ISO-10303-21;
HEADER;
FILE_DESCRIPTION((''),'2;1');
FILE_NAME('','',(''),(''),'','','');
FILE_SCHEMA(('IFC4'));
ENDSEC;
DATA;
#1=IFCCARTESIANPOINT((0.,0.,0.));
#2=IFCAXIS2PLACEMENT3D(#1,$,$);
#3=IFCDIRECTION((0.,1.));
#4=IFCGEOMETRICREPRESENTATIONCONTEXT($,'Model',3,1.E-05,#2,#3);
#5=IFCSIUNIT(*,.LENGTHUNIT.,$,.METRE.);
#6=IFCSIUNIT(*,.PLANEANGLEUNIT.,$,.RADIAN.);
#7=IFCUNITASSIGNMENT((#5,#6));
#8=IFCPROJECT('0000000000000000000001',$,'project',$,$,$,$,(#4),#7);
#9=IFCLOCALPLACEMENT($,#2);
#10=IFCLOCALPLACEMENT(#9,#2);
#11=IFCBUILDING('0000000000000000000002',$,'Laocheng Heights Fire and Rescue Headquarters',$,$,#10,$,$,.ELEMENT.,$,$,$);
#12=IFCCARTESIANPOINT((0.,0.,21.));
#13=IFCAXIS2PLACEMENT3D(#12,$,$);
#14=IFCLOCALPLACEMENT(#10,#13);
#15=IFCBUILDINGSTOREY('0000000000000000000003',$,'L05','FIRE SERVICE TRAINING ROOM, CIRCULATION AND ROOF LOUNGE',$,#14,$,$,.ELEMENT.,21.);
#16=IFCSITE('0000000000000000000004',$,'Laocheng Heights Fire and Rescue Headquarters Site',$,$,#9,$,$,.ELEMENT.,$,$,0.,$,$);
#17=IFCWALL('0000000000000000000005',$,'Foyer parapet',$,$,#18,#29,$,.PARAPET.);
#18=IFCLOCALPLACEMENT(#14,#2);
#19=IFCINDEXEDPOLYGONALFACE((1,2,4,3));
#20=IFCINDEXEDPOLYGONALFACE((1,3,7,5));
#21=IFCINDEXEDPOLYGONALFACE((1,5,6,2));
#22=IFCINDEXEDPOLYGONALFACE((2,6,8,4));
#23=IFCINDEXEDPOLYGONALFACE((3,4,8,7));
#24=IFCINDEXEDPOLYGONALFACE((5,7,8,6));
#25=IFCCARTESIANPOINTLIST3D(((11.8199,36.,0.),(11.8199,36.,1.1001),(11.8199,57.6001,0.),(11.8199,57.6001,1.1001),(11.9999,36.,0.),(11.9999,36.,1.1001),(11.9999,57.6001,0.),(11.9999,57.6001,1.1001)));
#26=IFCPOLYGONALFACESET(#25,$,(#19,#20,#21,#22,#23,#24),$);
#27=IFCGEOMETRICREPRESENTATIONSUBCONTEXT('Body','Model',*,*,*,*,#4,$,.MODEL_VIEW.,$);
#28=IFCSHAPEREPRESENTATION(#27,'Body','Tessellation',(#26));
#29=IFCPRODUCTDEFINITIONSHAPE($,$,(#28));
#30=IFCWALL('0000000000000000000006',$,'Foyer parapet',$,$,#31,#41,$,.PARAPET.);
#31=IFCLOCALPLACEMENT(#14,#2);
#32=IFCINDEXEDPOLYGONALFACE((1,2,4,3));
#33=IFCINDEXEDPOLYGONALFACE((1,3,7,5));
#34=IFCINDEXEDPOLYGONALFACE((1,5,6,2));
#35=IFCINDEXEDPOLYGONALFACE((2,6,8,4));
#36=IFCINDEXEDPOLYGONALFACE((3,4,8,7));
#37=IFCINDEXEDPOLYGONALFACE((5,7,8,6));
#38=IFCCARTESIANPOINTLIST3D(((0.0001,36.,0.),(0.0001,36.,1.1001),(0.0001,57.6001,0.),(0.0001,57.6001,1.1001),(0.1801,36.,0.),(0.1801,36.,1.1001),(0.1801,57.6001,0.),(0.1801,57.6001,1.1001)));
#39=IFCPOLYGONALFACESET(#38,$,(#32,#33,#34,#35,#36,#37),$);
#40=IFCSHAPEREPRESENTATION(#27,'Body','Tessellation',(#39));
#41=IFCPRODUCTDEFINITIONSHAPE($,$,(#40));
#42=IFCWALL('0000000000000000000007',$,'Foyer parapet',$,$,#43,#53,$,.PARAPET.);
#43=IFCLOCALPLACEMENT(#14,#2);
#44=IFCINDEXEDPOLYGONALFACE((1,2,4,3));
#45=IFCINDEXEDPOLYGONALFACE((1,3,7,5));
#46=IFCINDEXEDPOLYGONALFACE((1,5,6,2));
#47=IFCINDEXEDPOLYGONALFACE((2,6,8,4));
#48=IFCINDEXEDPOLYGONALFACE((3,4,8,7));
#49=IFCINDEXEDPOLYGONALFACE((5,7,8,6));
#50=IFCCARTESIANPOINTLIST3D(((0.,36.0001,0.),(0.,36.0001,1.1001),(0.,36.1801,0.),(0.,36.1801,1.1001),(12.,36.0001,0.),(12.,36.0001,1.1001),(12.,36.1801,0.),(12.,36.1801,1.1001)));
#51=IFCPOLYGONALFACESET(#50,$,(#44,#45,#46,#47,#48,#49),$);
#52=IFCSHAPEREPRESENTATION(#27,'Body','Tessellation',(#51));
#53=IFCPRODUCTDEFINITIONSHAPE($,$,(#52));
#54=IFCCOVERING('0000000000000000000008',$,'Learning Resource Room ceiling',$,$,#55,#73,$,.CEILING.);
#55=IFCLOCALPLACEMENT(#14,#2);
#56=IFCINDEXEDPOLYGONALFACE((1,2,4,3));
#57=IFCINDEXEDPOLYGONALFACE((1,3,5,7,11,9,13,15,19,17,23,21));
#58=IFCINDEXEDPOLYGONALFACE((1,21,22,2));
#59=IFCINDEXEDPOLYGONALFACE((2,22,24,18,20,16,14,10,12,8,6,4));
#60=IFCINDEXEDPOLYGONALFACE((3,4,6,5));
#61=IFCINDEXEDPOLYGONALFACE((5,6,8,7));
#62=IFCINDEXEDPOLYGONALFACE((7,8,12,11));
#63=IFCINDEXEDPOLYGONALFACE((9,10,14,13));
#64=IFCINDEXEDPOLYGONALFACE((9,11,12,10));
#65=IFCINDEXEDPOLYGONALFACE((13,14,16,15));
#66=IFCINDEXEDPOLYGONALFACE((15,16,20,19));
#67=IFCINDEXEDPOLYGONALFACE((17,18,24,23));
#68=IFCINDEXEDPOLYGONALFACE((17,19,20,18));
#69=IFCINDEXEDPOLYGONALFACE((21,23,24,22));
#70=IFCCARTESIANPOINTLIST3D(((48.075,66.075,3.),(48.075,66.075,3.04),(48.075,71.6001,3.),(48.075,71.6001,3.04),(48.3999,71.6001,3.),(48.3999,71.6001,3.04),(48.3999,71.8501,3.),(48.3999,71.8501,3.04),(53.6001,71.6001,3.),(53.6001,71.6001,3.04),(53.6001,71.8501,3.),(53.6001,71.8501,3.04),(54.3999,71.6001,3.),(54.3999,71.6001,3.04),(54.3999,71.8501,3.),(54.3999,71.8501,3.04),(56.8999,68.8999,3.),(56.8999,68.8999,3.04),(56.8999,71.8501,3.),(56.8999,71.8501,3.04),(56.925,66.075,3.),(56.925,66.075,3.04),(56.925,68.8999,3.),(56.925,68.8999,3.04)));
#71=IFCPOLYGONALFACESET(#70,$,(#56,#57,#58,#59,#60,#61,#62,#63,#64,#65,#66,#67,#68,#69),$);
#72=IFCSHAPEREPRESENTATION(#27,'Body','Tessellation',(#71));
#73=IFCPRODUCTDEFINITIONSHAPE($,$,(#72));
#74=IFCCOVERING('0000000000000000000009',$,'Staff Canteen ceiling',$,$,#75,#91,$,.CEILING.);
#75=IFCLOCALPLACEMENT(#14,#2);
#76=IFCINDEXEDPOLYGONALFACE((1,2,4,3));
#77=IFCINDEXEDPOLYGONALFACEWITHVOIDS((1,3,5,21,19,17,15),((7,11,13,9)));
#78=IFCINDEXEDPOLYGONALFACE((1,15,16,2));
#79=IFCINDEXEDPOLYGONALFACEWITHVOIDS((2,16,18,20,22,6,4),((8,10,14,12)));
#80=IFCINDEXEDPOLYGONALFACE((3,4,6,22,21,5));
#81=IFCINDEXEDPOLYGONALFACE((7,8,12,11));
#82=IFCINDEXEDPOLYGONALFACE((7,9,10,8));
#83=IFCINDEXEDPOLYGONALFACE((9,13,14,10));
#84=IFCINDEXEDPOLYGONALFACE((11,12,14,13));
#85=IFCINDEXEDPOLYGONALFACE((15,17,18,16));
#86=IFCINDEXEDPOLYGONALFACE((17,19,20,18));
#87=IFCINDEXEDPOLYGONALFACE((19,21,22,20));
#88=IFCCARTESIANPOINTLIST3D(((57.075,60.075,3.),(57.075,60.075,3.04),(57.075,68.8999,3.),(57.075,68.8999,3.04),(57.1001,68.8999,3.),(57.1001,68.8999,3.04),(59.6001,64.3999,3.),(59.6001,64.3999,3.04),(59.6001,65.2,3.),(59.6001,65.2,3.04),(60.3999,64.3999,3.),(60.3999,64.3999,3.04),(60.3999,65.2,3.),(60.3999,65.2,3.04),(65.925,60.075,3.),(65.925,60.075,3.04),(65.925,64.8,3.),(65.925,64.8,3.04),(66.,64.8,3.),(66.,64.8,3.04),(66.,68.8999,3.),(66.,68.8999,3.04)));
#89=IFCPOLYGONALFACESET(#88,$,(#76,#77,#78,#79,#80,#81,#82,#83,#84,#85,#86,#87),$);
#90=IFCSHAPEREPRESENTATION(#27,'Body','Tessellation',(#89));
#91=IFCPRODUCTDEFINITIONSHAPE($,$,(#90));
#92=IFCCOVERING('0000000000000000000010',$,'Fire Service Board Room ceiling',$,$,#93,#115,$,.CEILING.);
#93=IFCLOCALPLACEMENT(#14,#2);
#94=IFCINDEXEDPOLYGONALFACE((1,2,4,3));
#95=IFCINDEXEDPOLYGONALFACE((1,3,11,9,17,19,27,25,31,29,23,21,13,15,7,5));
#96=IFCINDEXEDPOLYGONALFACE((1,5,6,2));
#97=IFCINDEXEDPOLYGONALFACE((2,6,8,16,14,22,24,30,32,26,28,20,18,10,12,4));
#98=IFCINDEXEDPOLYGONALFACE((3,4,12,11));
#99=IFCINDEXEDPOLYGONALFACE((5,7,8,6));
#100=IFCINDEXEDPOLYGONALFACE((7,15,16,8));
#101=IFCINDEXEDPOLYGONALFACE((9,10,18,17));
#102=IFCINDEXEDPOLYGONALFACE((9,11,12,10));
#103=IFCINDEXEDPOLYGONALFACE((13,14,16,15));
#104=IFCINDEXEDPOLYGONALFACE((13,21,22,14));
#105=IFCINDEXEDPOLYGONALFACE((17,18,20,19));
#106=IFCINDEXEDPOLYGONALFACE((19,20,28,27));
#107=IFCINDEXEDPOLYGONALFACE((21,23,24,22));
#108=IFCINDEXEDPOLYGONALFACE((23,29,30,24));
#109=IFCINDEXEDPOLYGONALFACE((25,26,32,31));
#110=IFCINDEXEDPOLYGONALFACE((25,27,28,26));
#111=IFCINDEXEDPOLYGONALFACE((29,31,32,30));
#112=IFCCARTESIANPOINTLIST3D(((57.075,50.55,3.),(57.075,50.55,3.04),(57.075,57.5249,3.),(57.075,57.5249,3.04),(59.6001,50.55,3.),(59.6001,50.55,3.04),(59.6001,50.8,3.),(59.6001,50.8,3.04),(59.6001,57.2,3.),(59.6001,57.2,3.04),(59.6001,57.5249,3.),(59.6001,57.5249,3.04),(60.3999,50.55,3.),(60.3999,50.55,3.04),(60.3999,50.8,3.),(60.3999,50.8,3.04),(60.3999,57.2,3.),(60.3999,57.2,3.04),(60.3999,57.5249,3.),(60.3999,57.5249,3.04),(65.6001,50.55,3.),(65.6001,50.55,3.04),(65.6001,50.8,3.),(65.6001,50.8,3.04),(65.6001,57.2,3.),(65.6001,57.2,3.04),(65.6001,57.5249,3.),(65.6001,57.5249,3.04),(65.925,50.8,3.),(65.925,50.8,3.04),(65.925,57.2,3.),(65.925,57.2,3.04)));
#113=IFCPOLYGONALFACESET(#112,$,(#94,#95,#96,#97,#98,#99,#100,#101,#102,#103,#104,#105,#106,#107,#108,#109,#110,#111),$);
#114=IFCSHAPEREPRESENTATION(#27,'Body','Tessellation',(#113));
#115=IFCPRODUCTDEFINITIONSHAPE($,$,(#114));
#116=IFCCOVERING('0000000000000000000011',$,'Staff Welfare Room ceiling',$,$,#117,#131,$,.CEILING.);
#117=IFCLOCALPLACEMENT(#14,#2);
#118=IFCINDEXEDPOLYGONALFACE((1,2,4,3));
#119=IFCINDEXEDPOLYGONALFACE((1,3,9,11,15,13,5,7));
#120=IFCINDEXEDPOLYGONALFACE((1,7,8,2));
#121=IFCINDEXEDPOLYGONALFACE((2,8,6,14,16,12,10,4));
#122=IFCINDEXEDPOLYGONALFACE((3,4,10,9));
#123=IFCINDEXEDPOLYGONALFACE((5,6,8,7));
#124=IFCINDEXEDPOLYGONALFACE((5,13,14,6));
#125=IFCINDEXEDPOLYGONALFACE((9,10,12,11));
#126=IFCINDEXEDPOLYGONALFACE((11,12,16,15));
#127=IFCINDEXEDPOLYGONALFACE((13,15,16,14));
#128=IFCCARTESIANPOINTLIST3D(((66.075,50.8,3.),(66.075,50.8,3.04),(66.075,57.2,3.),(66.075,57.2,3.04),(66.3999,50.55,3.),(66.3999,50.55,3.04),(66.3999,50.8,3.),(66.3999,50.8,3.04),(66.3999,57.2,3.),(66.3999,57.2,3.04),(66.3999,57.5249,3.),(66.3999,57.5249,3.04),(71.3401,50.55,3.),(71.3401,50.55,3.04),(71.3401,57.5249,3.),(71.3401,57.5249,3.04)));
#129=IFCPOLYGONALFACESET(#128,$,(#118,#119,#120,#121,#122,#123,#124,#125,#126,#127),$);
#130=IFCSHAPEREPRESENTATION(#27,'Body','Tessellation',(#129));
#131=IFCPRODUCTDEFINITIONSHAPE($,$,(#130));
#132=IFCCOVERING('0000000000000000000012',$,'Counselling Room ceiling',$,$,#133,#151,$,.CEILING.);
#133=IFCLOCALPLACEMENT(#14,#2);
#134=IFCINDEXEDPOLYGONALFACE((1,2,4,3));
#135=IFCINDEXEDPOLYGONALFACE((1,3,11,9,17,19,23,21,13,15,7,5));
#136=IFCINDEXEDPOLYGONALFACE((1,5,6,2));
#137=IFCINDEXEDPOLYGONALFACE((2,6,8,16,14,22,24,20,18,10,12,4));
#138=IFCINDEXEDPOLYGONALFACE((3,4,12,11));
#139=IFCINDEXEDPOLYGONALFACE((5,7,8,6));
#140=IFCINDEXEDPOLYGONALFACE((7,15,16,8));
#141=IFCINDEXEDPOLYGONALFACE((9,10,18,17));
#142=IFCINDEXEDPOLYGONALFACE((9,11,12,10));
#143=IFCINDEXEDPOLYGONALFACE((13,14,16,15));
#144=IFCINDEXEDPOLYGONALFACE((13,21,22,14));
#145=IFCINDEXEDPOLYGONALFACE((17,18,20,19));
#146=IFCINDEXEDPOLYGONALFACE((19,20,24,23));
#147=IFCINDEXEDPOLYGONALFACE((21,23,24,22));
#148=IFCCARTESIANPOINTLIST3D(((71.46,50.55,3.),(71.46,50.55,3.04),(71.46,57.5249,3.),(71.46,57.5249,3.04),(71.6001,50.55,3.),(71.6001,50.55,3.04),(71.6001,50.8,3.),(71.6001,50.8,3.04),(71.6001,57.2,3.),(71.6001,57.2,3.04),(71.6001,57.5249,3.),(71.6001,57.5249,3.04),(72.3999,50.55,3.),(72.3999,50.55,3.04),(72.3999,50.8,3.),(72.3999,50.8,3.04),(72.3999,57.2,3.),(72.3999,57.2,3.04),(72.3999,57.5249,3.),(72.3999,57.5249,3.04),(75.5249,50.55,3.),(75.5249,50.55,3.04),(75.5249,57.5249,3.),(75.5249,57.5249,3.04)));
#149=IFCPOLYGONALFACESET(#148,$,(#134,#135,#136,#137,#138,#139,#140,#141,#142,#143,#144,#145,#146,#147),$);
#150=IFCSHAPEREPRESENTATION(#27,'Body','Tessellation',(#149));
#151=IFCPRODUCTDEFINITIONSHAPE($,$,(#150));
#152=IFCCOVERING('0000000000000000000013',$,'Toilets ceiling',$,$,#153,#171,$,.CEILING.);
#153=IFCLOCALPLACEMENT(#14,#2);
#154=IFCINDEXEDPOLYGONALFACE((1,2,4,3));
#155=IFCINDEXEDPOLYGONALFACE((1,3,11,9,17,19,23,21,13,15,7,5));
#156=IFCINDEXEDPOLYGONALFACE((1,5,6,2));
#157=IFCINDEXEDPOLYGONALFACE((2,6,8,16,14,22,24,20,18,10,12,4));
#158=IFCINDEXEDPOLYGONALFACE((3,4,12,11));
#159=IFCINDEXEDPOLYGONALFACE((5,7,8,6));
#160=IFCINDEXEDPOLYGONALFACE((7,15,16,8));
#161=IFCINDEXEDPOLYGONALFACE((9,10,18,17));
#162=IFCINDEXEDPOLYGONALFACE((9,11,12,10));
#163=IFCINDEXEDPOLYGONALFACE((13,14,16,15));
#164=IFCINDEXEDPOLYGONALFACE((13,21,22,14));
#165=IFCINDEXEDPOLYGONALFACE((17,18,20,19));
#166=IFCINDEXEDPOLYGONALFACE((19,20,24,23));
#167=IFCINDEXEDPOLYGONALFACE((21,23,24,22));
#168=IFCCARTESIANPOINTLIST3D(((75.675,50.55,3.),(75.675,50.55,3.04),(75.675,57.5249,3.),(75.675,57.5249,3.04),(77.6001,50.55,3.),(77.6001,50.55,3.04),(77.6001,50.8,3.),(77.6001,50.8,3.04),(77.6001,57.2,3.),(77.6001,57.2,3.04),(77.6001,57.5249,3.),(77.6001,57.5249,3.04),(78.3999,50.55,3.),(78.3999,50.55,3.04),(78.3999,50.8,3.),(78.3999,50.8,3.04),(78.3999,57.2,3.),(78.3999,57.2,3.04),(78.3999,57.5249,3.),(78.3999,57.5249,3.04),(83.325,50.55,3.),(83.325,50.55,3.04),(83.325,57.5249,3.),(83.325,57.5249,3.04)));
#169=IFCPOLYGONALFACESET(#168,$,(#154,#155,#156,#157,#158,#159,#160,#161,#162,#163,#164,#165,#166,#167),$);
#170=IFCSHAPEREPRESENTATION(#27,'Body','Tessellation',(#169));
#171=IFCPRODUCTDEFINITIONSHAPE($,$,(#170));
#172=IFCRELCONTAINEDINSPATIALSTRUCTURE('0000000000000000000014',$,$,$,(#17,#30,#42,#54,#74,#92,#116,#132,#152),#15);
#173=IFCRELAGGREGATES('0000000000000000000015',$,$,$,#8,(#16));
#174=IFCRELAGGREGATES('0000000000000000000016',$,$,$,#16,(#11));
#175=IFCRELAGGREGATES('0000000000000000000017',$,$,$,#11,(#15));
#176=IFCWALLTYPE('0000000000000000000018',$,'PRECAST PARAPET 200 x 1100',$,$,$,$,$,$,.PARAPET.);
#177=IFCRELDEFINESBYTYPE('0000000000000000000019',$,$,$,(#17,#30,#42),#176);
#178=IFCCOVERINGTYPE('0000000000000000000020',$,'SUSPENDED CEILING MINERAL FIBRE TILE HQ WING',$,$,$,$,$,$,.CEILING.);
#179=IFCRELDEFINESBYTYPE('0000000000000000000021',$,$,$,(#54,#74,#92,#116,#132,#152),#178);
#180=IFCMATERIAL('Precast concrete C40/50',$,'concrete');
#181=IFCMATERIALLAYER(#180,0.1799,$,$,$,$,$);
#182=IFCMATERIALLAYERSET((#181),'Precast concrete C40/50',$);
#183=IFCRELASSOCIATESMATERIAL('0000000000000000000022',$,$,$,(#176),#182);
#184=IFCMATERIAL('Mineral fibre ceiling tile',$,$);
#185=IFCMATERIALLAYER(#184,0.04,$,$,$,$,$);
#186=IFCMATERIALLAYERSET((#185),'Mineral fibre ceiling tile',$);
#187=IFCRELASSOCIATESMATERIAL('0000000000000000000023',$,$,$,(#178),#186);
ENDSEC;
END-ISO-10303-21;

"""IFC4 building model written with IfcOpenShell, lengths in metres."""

from ifc_helpers import new_model, si_unit, direction, frame, frame_2d, origin, place, context, subcontext, project, spatial, polyline, rectangle, outline, extrude, material, layer, layer_set, type_object, element, save


model = new_model("IFC4")

# Units and contexts
model_context = context("Model", 3, precision=1e-05, world=origin(), true_north=direction((0.0, 1.0)))
body_context = subcontext(model_context, "Body", "Model", "MODEL_VIEW")
ifc_project = project(units=[si_unit("LENGTHUNIT", "METRE"), si_unit("PLANEANGLEUNIT", "RADIAN")], contexts=[model_context])

# Site, building, storey
site_placement = place(None, origin())
site = spatial("IfcSite", under=ifc_project, at=site_placement, Name="Laocheng Heights Fire and Rescue Headquarters Site", CompositionType="ELEMENT", RefElevation=0.0)
building_placement = place(site_placement, origin())
building = spatial("IfcBuilding", under=site, at=building_placement, Name="Laocheng Heights Fire and Rescue Headquarters", CompositionType="ELEMENT")
storey_placement = place(building_placement, frame((0.0, 0.0, 21.0)))
storey = spatial("IfcBuildingStorey", under=building, at=storey_placement, Name="L05", Description="FIRE SERVICE TRAINING ROOM, CIRCULATION AND ROOF LOUNGE", CompositionType="ELEMENT", Elevation=21.0)

# Walls
ifc_material_1 = material(Name="Precast concrete C40/50", Category="concrete")
ifc_layer_1 = layer(ifc_material_1, 0.1799)
ifc_layer_set_1 = layer_set([ifc_layer_1], Name="Precast concrete C40/50")
wall_type = type_object("IfcWallType", Name="PRECAST PARAPET 200 x 1100", PredefinedType="PARAPET", material=ifc_layer_set_1)
for number, where, z_axis, x_axis, name in (
    (1, (11.9099, 36.0, 0.0), (0.0, 0.0, 1.0), (0.0, 1.0, 0.0), "Foyer parapet"),
    (2, (0.0901, 36.0, 0.0), (0.0, 0.0, 1.0), (0.0, 1.0, 0.0), "Foyer parapet"),
):
    element("IfcWall", number, at=place(storey_placement, frame(where, z_axis=z_axis, x_axis=x_axis)), inside=storey, type_object=wall_type, Name=name, PredefinedType="PARAPET", context=body_context, shape_type="SweptSolid", body=[
        extrude(rectangle(XDim=21.6001, YDim=0.1799, at=frame_2d((10.8, 0.0))), origin(), (0.0, 0.0, 1.0), 1.1001),
    ])
wall_placement = place(storey_placement, frame((0.0, 36.0901, 0.0), z_axis=(0.0, 0.0, 1.0), x_axis=(1.0, 0.0, 0.0)))
element("IfcWall", 3, at=wall_placement, inside=storey, type_object=wall_type, Name="Foyer parapet", PredefinedType="PARAPET", context=body_context, shape_type="SweptSolid", body=[
    extrude(rectangle(XDim=12.0, YDim=0.1799, at=frame_2d((6.0, 0.0))), origin(), (0.0, 0.0, 1.0), 1.1001),
])

# Coverings
ifc_material_2 = material(Name="Mineral fibre ceiling tile")
ifc_layer_2 = layer(ifc_material_2, 0.04)
ifc_layer_set_2 = layer_set([ifc_layer_2], Name="Mineral fibre ceiling tile")
covering_type = type_object("IfcCoveringType", Name="SUSPENDED CEILING MINERAL FIBRE TILE HQ WING", PredefinedType="CEILING", material=ifc_layer_set_2)
covering_1_placement = place(storey_placement, frame((0.0, 0.0, 3.0)))
element("IfcCovering", 4, at=covering_1_placement, inside=storey, type_object=covering_type, Name="Learning Resource Room ceiling", PredefinedType="CEILING", context=body_context, shape_type="SweptSolid", body=[
    extrude(outline(polyline([(53.6001, 71.8501), (53.6001, 71.6001), (54.3999, 71.6001), (54.3999, 71.8501), (56.8999, 71.8501), (56.8999, 68.8999), (56.925, 68.8999), (56.925, 66.075), (48.075, 66.075), (48.075, 71.6001), (48.3999, 71.6001), (48.3999, 71.8501), (53.6001, 71.8501)])), origin(), (0.0, 0.0, 1.0), 0.04),
])
covering_2_placement = place(storey_placement, frame((0.0, 0.0, 3.0)))
element("IfcCovering", 5, at=covering_2_placement, inside=storey, type_object=covering_type, Name="Staff Canteen ceiling", PredefinedType="CEILING", context=body_context, shape_type="SweptSolid", body=[
    extrude(outline(polyline([(65.925, 64.8), (65.925, 60.075), (57.075, 60.075), (57.075, 68.8999), (57.1001, 68.8999), (66.0, 68.8999), (66.0, 64.8), (65.925, 64.8)]), holes=[polyline([(60.3999, 64.3999), (60.3999, 65.2), (59.6001, 65.2), (59.6001, 64.3999), (60.3999, 64.3999)])]), origin(), (0.0, 0.0, 1.0), 0.04),
])
covering_3_placement = place(storey_placement, frame((0.0, 0.0, 3.0)))
element("IfcCovering", 6, at=covering_3_placement, inside=storey, type_object=covering_type, Name="Fire Service Board Room ceiling", PredefinedType="CEILING", context=body_context, shape_type="SweptSolid", body=[
    extrude(outline(polyline([(65.925, 50.8), (65.6001, 50.8), (65.6001, 50.55), (60.3999, 50.55), (60.3999, 50.8), (59.6001, 50.8), (59.6001, 50.55), (57.075, 50.55), (57.075, 57.5249), (59.6001, 57.5249), (59.6001, 57.2), (60.3999, 57.2), (60.3999, 57.5249), (65.6001, 57.5249), (65.6001, 57.2), (65.925, 57.2), (65.925, 50.8)])), origin(), (0.0, 0.0, 1.0), 0.04),
])
covering_4_placement = place(storey_placement, frame((0.0, 0.0, 3.0)))
element("IfcCovering", 7, at=covering_4_placement, inside=storey, type_object=covering_type, Name="Staff Welfare Room ceiling", PredefinedType="CEILING", context=body_context, shape_type="SweptSolid", body=[
    extrude(outline(polyline([(71.3401, 50.55), (66.3999, 50.55), (66.3999, 50.8), (66.075, 50.8), (66.075, 57.2), (66.3999, 57.2), (66.3999, 57.5249), (71.3401, 57.5249), (71.3401, 50.55)])), origin(), (0.0, 0.0, 1.0), 0.04),
])
covering_5_placement = place(storey_placement, frame((0.0, 0.0, 3.0)))
element("IfcCovering", 8, at=covering_5_placement, inside=storey, type_object=covering_type, Name="Counselling Room ceiling", PredefinedType="CEILING", context=body_context, shape_type="SweptSolid", body=[
    extrude(outline(polyline([(75.5249, 50.55), (72.3999, 50.55), (72.3999, 50.8), (71.6001, 50.8), (71.6001, 50.55), (71.46, 50.55), (71.46, 57.5249), (71.6001, 57.5249), (71.6001, 57.2), (72.3999, 57.2), (72.3999, 57.5249), (75.5249, 57.5249), (75.5249, 50.55)])), origin(), (0.0, 0.0, 1.0), 0.04),
])
covering_6_placement = place(storey_placement, frame((0.0, 0.0, 3.0)))
element("IfcCovering", 9, at=covering_6_placement, inside=storey, type_object=covering_type, Name="Toilets ceiling", PredefinedType="CEILING", context=body_context, shape_type="SweptSolid", body=[
    extrude(outline(polyline([(83.325, 50.55), (78.3999, 50.55), (78.3999, 50.8), (77.6001, 50.8), (77.6001, 50.55), (75.675, 50.55), (75.675, 57.5249), (77.6001, 57.5249), (77.6001, 57.2), (78.3999, 57.2), (78.3999, 57.5249), (83.325, 57.5249), (83.325, 50.55)])), origin(), (0.0, 0.0, 1.0), 0.04),
])

save(model, "model.ifc")
